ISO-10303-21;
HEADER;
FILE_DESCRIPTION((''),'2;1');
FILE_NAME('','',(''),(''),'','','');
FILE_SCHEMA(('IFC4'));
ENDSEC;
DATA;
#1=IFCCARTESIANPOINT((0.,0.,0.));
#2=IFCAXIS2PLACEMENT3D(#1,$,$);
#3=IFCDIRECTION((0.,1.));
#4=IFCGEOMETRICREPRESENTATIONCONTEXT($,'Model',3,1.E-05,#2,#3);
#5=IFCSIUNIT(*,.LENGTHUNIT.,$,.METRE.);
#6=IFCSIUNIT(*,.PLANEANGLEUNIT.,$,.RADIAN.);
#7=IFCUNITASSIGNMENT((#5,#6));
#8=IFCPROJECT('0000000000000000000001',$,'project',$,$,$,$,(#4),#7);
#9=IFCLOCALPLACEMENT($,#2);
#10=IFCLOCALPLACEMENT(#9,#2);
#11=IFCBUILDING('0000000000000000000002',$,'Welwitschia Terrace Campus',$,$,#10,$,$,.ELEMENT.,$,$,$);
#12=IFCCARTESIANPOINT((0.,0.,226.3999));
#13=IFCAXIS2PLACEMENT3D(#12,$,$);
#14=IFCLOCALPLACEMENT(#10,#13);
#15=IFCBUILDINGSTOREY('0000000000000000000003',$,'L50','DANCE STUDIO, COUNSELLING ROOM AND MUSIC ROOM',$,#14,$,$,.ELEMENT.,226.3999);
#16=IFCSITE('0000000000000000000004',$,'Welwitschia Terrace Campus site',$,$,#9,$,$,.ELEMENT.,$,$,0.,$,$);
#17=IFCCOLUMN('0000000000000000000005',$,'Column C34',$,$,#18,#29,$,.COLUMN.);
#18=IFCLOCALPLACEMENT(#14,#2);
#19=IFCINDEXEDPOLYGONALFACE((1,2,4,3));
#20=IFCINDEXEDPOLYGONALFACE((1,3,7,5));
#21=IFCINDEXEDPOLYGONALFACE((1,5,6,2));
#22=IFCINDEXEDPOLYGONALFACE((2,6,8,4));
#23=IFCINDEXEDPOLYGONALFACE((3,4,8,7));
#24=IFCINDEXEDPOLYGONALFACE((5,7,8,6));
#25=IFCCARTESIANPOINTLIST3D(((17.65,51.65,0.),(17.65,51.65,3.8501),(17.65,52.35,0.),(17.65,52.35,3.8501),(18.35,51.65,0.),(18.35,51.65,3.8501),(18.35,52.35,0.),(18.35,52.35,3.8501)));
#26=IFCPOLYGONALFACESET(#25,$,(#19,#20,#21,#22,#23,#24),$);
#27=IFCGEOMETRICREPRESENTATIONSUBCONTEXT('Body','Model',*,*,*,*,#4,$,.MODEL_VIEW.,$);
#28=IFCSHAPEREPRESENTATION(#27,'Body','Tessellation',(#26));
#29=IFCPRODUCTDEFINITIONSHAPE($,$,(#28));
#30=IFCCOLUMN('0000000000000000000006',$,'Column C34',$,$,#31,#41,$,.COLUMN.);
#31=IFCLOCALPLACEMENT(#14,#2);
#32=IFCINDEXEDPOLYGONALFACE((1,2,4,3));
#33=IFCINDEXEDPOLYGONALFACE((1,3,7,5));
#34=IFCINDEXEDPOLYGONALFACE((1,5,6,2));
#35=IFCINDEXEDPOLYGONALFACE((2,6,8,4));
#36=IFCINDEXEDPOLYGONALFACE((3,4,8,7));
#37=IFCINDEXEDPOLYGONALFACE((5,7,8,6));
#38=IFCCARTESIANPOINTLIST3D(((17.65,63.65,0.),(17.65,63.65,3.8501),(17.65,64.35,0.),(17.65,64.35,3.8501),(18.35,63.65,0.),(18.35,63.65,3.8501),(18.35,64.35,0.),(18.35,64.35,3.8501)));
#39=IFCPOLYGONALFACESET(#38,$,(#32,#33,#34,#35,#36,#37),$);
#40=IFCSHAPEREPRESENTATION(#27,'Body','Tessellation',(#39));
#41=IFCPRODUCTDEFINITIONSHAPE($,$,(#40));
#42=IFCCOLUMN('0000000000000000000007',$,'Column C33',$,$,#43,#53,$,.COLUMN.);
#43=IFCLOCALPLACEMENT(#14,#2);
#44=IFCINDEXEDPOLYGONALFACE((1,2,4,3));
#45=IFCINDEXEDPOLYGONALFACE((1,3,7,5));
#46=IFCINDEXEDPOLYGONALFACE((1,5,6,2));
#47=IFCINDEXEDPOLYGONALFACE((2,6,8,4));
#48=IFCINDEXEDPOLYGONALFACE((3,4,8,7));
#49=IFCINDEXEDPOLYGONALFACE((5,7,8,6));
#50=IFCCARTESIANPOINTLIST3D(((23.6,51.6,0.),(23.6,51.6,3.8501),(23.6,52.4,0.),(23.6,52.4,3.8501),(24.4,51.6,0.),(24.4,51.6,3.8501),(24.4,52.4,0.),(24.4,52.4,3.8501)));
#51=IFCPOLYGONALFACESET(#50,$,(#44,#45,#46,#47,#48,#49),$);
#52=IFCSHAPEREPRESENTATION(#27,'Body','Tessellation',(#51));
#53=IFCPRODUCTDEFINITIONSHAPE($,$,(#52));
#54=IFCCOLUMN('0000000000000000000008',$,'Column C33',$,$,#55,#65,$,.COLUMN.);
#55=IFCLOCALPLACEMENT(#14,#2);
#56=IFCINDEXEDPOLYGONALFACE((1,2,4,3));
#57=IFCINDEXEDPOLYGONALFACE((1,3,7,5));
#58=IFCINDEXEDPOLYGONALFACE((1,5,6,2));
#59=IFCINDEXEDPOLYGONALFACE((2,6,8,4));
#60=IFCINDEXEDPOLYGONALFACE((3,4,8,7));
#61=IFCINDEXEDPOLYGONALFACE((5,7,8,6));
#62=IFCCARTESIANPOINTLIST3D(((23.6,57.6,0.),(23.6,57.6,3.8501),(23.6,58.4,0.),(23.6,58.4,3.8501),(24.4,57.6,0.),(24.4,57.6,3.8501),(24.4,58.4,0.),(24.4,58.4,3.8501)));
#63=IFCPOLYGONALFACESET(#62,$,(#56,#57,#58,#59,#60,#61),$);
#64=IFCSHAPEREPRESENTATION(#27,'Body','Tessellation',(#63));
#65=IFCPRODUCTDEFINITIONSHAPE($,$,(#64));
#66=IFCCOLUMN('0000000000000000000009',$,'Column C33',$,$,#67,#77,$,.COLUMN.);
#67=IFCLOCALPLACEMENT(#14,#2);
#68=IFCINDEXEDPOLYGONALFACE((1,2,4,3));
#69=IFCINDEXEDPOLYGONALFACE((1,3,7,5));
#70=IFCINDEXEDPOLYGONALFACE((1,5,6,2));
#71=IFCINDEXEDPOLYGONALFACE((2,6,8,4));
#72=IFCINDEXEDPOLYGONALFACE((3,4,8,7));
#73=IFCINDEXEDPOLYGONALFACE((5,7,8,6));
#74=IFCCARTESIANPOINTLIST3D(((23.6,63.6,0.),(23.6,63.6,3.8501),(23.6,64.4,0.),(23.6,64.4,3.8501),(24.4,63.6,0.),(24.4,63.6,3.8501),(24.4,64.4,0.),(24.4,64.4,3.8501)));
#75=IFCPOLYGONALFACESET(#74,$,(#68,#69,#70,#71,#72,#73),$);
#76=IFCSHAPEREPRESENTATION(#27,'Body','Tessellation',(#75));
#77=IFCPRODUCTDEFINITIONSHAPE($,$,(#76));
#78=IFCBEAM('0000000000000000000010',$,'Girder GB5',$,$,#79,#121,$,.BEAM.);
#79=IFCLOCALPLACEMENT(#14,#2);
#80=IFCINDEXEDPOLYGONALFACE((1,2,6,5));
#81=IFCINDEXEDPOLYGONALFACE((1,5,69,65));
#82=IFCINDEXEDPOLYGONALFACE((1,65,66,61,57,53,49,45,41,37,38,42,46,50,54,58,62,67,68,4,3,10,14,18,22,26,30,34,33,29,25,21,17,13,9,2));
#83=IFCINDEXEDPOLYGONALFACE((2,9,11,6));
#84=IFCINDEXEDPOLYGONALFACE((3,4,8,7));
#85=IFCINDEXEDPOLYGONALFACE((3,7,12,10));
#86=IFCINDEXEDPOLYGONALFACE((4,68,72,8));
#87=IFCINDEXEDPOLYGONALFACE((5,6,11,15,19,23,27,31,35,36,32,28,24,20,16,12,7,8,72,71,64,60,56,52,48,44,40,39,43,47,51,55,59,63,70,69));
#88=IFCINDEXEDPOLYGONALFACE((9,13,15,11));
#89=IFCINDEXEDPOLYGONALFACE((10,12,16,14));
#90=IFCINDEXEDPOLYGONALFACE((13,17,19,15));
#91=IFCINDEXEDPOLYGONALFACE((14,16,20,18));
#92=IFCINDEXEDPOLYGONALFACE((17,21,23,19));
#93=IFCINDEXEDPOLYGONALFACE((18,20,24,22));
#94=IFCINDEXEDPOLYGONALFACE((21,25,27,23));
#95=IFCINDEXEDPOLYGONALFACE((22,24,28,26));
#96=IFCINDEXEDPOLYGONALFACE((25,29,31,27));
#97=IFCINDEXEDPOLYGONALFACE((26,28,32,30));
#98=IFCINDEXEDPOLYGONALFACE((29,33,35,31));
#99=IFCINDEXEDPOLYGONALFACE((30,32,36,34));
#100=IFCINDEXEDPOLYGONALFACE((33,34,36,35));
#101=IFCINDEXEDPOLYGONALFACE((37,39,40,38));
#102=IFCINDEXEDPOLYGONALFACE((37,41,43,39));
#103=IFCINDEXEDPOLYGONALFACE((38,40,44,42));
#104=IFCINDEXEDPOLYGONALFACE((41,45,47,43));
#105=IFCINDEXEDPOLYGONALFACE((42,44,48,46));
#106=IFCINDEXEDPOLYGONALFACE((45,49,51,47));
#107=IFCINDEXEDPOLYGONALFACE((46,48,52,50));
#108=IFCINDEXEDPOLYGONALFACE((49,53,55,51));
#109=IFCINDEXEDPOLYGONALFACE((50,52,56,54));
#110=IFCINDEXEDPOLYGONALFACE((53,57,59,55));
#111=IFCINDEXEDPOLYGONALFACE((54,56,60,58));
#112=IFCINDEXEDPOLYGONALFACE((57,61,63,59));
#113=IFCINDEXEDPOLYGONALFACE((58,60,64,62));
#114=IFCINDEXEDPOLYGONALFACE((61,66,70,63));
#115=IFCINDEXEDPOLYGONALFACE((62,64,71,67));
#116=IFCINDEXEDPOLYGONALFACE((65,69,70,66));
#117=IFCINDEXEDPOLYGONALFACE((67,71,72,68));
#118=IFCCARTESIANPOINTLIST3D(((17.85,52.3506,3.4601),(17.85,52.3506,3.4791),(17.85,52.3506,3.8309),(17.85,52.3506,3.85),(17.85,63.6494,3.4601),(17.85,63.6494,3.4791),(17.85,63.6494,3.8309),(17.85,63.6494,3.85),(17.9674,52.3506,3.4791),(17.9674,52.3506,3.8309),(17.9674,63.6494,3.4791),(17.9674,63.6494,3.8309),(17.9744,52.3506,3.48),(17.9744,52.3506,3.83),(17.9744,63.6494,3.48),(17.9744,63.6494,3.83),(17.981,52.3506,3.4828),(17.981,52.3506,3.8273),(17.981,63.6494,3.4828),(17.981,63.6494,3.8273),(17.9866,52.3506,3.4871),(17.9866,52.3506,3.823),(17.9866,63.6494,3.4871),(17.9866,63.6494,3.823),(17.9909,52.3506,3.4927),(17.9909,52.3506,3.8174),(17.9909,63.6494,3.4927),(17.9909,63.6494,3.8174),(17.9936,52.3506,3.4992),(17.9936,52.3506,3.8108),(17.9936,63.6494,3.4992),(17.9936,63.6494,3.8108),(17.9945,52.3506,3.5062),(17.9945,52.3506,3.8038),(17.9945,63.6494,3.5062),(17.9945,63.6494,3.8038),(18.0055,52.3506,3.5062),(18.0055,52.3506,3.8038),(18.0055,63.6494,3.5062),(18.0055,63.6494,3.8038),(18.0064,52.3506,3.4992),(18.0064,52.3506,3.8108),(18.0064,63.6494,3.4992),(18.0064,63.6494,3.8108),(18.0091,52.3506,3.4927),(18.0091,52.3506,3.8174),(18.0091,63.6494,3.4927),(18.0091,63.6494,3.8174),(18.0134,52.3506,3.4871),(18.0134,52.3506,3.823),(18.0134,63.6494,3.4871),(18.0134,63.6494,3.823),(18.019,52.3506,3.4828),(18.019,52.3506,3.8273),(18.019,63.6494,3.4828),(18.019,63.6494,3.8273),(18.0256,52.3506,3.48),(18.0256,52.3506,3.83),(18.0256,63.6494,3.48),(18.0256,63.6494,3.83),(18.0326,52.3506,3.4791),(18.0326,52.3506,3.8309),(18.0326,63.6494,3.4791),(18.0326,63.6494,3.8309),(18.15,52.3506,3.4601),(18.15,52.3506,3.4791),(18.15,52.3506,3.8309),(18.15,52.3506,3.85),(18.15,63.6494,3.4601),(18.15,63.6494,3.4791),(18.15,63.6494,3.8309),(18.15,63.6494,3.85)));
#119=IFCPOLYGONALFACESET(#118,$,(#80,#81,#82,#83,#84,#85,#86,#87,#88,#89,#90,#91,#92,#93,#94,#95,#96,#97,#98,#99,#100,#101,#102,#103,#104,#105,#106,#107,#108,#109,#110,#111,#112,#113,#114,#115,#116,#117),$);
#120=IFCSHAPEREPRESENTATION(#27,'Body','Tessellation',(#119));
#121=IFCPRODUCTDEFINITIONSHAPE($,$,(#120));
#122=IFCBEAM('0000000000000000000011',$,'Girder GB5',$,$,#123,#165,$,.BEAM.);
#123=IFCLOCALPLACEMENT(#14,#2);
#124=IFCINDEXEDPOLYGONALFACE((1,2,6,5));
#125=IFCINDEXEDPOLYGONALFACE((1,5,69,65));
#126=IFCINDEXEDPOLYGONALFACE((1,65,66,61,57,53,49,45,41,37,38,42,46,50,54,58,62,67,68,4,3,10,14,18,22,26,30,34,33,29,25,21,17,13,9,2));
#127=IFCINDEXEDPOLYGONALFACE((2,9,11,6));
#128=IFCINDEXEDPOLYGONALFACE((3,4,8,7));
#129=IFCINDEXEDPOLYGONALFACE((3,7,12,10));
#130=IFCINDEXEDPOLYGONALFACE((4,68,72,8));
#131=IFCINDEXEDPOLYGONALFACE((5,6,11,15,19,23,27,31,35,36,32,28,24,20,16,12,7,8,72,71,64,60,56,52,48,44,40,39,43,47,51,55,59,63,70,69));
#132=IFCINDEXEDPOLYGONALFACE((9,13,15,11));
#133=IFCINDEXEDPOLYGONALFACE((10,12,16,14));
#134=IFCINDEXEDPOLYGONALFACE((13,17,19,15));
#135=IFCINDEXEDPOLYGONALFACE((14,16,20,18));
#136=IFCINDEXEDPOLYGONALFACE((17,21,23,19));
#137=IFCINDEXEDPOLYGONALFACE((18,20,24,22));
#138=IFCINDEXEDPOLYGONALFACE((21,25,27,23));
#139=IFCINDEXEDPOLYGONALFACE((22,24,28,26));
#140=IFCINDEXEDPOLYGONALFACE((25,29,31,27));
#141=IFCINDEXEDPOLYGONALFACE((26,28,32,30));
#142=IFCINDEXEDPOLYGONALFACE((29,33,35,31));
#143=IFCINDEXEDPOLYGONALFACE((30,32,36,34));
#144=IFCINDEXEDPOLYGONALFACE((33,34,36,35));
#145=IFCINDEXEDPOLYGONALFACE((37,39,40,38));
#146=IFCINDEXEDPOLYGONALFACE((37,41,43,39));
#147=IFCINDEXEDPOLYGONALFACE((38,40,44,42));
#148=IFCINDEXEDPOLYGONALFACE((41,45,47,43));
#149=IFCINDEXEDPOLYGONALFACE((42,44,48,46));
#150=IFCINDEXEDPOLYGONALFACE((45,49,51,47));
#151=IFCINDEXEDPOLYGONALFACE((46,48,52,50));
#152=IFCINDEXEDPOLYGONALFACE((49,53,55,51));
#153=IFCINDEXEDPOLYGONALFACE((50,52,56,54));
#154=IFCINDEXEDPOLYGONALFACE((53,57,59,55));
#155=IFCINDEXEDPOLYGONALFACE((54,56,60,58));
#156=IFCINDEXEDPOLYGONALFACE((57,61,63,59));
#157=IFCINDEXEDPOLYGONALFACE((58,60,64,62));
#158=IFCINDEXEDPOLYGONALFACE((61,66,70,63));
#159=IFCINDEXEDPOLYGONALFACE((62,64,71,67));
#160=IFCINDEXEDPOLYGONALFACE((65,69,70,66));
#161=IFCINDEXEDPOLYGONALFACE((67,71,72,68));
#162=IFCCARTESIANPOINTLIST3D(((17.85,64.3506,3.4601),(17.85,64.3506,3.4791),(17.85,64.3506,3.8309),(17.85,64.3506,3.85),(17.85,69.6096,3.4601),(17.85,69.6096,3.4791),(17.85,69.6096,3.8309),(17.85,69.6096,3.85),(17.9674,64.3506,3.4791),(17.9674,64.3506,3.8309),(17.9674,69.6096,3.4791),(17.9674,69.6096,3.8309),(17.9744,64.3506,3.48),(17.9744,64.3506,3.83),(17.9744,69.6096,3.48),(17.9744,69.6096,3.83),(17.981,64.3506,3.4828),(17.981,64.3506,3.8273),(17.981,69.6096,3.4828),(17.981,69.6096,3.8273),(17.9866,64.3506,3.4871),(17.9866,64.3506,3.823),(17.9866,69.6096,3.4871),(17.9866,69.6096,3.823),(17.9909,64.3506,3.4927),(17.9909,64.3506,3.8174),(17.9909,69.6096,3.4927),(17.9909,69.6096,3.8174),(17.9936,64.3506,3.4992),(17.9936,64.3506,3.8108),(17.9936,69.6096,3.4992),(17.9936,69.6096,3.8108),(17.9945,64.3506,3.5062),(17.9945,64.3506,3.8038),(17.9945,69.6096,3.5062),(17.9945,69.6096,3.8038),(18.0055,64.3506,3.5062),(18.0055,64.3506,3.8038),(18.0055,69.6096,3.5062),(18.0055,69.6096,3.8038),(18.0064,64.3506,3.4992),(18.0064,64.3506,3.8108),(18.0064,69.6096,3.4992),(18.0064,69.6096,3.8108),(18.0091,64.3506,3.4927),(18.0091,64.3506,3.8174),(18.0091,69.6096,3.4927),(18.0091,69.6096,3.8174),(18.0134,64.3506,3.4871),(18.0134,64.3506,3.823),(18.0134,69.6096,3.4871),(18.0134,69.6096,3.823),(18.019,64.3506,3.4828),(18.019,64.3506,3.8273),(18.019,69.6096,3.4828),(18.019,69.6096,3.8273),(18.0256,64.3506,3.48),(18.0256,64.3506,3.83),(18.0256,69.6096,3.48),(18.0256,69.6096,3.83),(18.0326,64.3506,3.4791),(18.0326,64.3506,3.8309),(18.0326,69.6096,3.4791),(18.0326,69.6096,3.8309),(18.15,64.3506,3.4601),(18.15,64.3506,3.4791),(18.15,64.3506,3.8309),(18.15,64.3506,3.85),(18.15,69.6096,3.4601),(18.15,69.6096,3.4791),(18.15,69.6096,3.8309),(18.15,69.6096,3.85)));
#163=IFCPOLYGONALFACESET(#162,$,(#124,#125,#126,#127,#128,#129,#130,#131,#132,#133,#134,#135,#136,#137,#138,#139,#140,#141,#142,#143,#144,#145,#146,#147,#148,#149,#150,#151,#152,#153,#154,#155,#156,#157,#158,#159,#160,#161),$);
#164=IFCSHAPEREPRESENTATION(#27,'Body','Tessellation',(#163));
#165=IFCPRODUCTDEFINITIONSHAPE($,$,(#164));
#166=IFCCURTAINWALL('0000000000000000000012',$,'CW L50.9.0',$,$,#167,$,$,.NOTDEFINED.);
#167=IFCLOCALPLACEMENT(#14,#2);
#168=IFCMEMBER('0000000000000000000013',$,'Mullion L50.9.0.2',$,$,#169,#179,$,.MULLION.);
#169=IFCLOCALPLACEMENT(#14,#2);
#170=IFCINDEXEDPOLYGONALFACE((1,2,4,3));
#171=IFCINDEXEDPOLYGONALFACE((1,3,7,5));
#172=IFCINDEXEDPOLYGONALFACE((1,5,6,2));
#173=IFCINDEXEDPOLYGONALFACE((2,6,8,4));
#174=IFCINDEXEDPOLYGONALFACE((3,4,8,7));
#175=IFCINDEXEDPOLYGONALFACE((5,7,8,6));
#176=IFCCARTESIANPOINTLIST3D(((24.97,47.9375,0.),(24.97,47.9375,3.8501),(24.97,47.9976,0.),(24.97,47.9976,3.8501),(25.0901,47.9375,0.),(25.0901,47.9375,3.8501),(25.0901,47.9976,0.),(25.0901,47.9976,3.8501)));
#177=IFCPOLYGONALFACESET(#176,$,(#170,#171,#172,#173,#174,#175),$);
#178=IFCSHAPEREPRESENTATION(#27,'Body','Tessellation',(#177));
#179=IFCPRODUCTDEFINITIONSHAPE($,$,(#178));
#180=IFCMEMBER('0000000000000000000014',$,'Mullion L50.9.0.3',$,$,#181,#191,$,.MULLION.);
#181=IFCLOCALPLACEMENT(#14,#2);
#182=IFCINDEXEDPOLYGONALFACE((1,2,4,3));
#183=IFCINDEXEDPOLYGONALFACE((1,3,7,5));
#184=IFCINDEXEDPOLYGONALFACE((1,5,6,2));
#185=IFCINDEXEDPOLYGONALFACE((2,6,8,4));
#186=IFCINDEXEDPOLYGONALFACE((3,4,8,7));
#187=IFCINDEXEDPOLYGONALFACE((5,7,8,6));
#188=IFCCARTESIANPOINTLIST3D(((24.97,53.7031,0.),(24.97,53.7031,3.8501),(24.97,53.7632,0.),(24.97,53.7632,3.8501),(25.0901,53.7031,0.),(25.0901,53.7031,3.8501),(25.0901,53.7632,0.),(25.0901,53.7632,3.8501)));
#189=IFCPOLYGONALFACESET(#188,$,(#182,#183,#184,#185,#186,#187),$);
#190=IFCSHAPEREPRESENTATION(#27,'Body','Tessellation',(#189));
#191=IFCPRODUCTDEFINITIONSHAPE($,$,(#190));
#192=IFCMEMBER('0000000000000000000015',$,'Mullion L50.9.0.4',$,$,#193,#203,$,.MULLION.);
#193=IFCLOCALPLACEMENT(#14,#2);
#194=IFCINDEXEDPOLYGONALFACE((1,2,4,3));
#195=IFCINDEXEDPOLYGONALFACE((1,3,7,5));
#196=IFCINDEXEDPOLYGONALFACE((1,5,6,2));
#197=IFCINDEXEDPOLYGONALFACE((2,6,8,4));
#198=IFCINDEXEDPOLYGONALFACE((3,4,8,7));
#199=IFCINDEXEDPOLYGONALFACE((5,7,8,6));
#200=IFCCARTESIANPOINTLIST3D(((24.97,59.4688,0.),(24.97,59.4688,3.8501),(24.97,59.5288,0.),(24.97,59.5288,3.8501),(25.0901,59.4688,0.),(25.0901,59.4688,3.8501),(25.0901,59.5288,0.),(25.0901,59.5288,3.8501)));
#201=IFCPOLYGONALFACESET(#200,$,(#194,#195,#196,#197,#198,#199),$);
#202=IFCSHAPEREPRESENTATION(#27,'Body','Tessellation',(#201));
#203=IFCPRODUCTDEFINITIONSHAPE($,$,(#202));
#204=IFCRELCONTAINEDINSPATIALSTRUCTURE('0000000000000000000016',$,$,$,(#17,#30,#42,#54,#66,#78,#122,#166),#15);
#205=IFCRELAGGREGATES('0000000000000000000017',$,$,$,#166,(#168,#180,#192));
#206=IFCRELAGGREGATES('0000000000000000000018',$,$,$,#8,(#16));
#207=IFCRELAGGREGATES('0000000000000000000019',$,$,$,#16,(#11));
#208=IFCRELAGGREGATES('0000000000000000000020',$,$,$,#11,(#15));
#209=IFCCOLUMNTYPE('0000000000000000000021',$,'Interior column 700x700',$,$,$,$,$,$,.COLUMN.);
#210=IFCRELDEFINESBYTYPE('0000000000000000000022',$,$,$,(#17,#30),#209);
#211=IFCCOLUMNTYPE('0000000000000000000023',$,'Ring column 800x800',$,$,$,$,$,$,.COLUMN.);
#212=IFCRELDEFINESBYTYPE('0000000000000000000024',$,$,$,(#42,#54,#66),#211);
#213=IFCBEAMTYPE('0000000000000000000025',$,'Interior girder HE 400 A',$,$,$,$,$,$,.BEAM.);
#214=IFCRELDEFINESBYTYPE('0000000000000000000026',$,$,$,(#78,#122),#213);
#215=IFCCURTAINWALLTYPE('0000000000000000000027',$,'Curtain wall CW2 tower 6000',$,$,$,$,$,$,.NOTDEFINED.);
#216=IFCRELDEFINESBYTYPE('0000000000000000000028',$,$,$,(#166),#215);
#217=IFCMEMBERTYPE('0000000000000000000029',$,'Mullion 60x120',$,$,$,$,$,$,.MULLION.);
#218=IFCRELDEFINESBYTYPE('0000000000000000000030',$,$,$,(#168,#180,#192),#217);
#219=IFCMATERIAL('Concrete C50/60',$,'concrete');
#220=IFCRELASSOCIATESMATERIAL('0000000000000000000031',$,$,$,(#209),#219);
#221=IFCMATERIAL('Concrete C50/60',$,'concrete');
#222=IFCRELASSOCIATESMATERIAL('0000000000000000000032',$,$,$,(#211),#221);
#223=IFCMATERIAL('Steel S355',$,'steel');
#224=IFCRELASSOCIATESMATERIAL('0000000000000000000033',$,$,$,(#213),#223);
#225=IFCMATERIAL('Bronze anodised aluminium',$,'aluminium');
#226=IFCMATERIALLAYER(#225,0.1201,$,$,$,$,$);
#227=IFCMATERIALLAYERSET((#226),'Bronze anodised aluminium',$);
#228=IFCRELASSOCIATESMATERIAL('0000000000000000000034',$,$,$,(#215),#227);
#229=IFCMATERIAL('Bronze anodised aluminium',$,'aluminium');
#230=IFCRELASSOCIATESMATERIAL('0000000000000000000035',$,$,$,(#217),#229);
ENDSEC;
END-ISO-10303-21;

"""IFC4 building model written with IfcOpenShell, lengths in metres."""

from ifc_helpers import new_model, si_unit, direction, frame, origin, origin_2d, place, context, subcontext, project, spatial, rectangle, i_section, extrude, material, layer, layer_set, material_profile, profile_set, type_object, element, aggregate, save


model = new_model("IFC4")

# Units and contexts
model_context = context("Model", 3, precision=1e-05, world=origin(), true_north=direction((0.0, 1.0)))
body_context = subcontext(model_context, "Body", "Model", "MODEL_VIEW")
ifc_project = project(units=[si_unit("LENGTHUNIT", "METRE"), si_unit("PLANEANGLEUNIT", "RADIAN")], contexts=[model_context])

# Site, building, storey
site_placement = place(None, origin())
site = spatial("IfcSite", under=ifc_project, at=site_placement, Name="Welwitschia Terrace Campus site", CompositionType="ELEMENT", RefElevation=0.0)
building_placement = place(site_placement, origin())
building = spatial("IfcBuilding", under=site, at=building_placement, Name="Welwitschia Terrace Campus", CompositionType="ELEMENT")
storey_placement = place(building_placement, frame((0.0, 0.0, 226.3999)))
storey = spatial("IfcBuildingStorey", under=building, at=storey_placement, Name="L50", Description="DANCE STUDIO, COUNSELLING ROOM AND MUSIC ROOM", CompositionType="ELEMENT", Elevation=226.3999)

# Columns
ifc_material_1 = material(Name="Concrete C50/60", Category="concrete")
ifc_material_profile_1 = material_profile(ifc_material_1, rectangle(XDim=0.7, YDim=0.7, at=origin_2d()))
ifc_profile_set_1 = profile_set([ifc_material_profile_1], Name="Concrete C50/60")
column_type_1 = type_object("IfcColumnType", Name="Interior column 700x700", PredefinedType="COLUMN", material=ifc_profile_set_1)
for number, where, z_axis, x_axis, name in (
    (1, (18.0, 52.0, 0.0), (0.0, 0.0, 1.0), (1.0, 0.0, 0.0), "Column C34"),
    (2, (18.0, 64.0, 0.0), (0.0, 0.0, 1.0), (1.0, 0.0, 0.0), "Column C34"),
):
    element("IfcColumn", number, at=place(storey_placement, frame(where, z_axis=z_axis, x_axis=x_axis)), inside=storey, type_object=column_type_1, Name=name, PredefinedType="COLUMN", context=body_context, shape_type="SweptSolid", body=[
        extrude(rectangle(XDim=0.7, YDim=0.7, at=origin_2d()), origin(), (0.0, 0.0, 1.0), 3.8501),
    ])
ifc_material_2 = material(Name="Concrete C50/60", Category="concrete")
ifc_material_profile_2 = material_profile(ifc_material_2, rectangle(XDim=0.8, YDim=0.8, at=origin_2d()))
ifc_profile_set_2 = profile_set([ifc_material_profile_2], Name="Concrete C50/60")
column_type_2 = type_object("IfcColumnType", Name="Ring column 800x800", PredefinedType="COLUMN", material=ifc_profile_set_2)
for number, where, z_axis, x_axis, name in (
    (3, (24.0, 52.0, 0.0), (0.0, 0.0, 1.0), (1.0, 0.0, 0.0), "Column C33"),
    (4, (24.0, 58.0, 0.0), (0.0, 0.0, 1.0), (1.0, 0.0, 0.0), "Column C33"),
    (5, (24.0, 64.0, 0.0), (0.0, 0.0, 1.0), (1.0, 0.0, 0.0), "Column C33"),
):
    element("IfcColumn", number, at=place(storey_placement, frame(where, z_axis=z_axis, x_axis=x_axis)), inside=storey, type_object=column_type_2, Name=name, PredefinedType="COLUMN", context=body_context, shape_type="SweptSolid", body=[
        extrude(rectangle(XDim=0.8, YDim=0.8, at=origin_2d()), origin(), (0.0, 0.0, 1.0), 3.8501),
    ])

# Beams
ifc_material_3 = material(Name="Steel S355", Category="steel")
ifc_material_profile_3 = material_profile(ifc_material_3, i_section(OverallWidth=0.3, OverallDepth=0.3899, WebThickness=0.011, FlangeThickness=0.019, FilletRadius=0.0271, at=origin_2d()))
ifc_profile_set_3 = profile_set([ifc_material_profile_3], Name="Steel S355")
beam_type_1 = type_object("IfcBeamType", Name="Interior girder HE 400 A", PredefinedType="BEAM", material=ifc_profile_set_3)
beam_1_placement = place(storey_placement, frame((18.0, 52.3506, 3.655), z_axis=(0.0, 1.0, 0.0), x_axis=(-1.0, 0.0, 0.0)))
element("IfcBeam", 6, at=beam_1_placement, inside=storey, type_object=beam_type_1, Name="Girder GB5", PredefinedType="BEAM", context=body_context, shape_type="SweptSolid", body=[
    extrude(i_section(OverallWidth=0.3, OverallDepth=0.3899, WebThickness=0.011, FlangeThickness=0.019, FilletRadius=0.0271, at=origin_2d()), origin(), (0.0, 0.0, 1.0), 11.2988),
])
beam_2_placement = place(storey_placement, frame((18.0, 64.3506, 3.655), z_axis=(0.0, 1.0, 0.0), x_axis=(-1.0, 0.0, 0.0)))
element("IfcBeam", 7, at=beam_2_placement, inside=storey, type_object=beam_type_1, Name="Girder GB5", PredefinedType="BEAM", context=body_context, shape_type="SweptSolid", body=[
    extrude(i_section(OverallWidth=0.3, OverallDepth=0.3899, WebThickness=0.011, FlangeThickness=0.019, FilletRadius=0.0271, at=origin_2d()), origin(), (0.0, 0.0, 1.0), 5.259),
])

# Curtain wall, members
ifc_material_4 = material(Name="Bronze anodised aluminium", Category="aluminium")
ifc_layer_1 = layer(ifc_material_4, 0.1201)
ifc_layer_set_1 = layer_set([ifc_layer_1], Name="Bronze anodised aluminium")
curtain_wall_type = type_object("IfcCurtainWallType", Name="Curtain wall CW2 tower 6000", PredefinedType="NOTDEFINED", material=ifc_layer_set_1)
curtain_wall_placement = place(storey_placement, origin())
curtain_wall = element("IfcCurtainWall", 8, at=curtain_wall_placement, inside=storey, type_object=curtain_wall_type, Name="CW L50.9.0", PredefinedType="NOTDEFINED")
ifc_material_5 = material(Name="Bronze anodised aluminium", Category="aluminium")
ifc_material_profile_4 = material_profile(ifc_material_5, rectangle(XDim=0.1201, YDim=0.0601, at=origin_2d()))
ifc_profile_set_4 = profile_set([ifc_material_profile_4], Name="Bronze anodised aluminium")
member_type = type_object("IfcMemberType", Name="Mullion 60x120", PredefinedType="MULLION", material=ifc_profile_set_4)
member_1_placement = place(storey_placement, frame((25.03, 47.9675, 0.0), z_axis=(0.0, 0.0, 1.0), x_axis=(-1.0, 0.0, 0.0)))
member_1 = element("IfcMember", 9, at=member_1_placement, type_object=member_type, Name="Mullion L50.9.0.2", PredefinedType="MULLION", context=body_context, shape_type="SweptSolid", body=[
    extrude(rectangle(XDim=0.1201, YDim=0.0601, at=origin_2d()), origin(), (0.0, 0.0, 1.0), 3.8501),
])
member_2_placement = place(storey_placement, frame((25.03, 53.7332, 0.0), z_axis=(0.0, 0.0, 1.0), x_axis=(-1.0, 0.0, 0.0)))
member_2 = element("IfcMember", 10, at=member_2_placement, type_object=member_type, Name="Mullion L50.9.0.3", PredefinedType="MULLION", context=body_context, shape_type="SweptSolid", body=[
    extrude(rectangle(XDim=0.1201, YDim=0.0601, at=origin_2d()), origin(), (0.0, 0.0, 1.0), 3.8501),
])
member_3_placement = place(storey_placement, frame((25.03, 59.4988, 0.0), z_axis=(0.0, 0.0, 1.0), x_axis=(-1.0, 0.0, 0.0)))
member_3 = element("IfcMember", 11, at=member_3_placement, type_object=member_type, Name="Mullion L50.9.0.4", PredefinedType="MULLION", context=body_context, shape_type="SweptSolid", body=[
    extrude(rectangle(XDim=0.1201, YDim=0.0601, at=origin_2d()), origin(), (0.0, 0.0, 1.0), 3.8501),
])

aggregate(curtain_wall, [member_1, member_2, member_3])

save(model, "model.ifc")
